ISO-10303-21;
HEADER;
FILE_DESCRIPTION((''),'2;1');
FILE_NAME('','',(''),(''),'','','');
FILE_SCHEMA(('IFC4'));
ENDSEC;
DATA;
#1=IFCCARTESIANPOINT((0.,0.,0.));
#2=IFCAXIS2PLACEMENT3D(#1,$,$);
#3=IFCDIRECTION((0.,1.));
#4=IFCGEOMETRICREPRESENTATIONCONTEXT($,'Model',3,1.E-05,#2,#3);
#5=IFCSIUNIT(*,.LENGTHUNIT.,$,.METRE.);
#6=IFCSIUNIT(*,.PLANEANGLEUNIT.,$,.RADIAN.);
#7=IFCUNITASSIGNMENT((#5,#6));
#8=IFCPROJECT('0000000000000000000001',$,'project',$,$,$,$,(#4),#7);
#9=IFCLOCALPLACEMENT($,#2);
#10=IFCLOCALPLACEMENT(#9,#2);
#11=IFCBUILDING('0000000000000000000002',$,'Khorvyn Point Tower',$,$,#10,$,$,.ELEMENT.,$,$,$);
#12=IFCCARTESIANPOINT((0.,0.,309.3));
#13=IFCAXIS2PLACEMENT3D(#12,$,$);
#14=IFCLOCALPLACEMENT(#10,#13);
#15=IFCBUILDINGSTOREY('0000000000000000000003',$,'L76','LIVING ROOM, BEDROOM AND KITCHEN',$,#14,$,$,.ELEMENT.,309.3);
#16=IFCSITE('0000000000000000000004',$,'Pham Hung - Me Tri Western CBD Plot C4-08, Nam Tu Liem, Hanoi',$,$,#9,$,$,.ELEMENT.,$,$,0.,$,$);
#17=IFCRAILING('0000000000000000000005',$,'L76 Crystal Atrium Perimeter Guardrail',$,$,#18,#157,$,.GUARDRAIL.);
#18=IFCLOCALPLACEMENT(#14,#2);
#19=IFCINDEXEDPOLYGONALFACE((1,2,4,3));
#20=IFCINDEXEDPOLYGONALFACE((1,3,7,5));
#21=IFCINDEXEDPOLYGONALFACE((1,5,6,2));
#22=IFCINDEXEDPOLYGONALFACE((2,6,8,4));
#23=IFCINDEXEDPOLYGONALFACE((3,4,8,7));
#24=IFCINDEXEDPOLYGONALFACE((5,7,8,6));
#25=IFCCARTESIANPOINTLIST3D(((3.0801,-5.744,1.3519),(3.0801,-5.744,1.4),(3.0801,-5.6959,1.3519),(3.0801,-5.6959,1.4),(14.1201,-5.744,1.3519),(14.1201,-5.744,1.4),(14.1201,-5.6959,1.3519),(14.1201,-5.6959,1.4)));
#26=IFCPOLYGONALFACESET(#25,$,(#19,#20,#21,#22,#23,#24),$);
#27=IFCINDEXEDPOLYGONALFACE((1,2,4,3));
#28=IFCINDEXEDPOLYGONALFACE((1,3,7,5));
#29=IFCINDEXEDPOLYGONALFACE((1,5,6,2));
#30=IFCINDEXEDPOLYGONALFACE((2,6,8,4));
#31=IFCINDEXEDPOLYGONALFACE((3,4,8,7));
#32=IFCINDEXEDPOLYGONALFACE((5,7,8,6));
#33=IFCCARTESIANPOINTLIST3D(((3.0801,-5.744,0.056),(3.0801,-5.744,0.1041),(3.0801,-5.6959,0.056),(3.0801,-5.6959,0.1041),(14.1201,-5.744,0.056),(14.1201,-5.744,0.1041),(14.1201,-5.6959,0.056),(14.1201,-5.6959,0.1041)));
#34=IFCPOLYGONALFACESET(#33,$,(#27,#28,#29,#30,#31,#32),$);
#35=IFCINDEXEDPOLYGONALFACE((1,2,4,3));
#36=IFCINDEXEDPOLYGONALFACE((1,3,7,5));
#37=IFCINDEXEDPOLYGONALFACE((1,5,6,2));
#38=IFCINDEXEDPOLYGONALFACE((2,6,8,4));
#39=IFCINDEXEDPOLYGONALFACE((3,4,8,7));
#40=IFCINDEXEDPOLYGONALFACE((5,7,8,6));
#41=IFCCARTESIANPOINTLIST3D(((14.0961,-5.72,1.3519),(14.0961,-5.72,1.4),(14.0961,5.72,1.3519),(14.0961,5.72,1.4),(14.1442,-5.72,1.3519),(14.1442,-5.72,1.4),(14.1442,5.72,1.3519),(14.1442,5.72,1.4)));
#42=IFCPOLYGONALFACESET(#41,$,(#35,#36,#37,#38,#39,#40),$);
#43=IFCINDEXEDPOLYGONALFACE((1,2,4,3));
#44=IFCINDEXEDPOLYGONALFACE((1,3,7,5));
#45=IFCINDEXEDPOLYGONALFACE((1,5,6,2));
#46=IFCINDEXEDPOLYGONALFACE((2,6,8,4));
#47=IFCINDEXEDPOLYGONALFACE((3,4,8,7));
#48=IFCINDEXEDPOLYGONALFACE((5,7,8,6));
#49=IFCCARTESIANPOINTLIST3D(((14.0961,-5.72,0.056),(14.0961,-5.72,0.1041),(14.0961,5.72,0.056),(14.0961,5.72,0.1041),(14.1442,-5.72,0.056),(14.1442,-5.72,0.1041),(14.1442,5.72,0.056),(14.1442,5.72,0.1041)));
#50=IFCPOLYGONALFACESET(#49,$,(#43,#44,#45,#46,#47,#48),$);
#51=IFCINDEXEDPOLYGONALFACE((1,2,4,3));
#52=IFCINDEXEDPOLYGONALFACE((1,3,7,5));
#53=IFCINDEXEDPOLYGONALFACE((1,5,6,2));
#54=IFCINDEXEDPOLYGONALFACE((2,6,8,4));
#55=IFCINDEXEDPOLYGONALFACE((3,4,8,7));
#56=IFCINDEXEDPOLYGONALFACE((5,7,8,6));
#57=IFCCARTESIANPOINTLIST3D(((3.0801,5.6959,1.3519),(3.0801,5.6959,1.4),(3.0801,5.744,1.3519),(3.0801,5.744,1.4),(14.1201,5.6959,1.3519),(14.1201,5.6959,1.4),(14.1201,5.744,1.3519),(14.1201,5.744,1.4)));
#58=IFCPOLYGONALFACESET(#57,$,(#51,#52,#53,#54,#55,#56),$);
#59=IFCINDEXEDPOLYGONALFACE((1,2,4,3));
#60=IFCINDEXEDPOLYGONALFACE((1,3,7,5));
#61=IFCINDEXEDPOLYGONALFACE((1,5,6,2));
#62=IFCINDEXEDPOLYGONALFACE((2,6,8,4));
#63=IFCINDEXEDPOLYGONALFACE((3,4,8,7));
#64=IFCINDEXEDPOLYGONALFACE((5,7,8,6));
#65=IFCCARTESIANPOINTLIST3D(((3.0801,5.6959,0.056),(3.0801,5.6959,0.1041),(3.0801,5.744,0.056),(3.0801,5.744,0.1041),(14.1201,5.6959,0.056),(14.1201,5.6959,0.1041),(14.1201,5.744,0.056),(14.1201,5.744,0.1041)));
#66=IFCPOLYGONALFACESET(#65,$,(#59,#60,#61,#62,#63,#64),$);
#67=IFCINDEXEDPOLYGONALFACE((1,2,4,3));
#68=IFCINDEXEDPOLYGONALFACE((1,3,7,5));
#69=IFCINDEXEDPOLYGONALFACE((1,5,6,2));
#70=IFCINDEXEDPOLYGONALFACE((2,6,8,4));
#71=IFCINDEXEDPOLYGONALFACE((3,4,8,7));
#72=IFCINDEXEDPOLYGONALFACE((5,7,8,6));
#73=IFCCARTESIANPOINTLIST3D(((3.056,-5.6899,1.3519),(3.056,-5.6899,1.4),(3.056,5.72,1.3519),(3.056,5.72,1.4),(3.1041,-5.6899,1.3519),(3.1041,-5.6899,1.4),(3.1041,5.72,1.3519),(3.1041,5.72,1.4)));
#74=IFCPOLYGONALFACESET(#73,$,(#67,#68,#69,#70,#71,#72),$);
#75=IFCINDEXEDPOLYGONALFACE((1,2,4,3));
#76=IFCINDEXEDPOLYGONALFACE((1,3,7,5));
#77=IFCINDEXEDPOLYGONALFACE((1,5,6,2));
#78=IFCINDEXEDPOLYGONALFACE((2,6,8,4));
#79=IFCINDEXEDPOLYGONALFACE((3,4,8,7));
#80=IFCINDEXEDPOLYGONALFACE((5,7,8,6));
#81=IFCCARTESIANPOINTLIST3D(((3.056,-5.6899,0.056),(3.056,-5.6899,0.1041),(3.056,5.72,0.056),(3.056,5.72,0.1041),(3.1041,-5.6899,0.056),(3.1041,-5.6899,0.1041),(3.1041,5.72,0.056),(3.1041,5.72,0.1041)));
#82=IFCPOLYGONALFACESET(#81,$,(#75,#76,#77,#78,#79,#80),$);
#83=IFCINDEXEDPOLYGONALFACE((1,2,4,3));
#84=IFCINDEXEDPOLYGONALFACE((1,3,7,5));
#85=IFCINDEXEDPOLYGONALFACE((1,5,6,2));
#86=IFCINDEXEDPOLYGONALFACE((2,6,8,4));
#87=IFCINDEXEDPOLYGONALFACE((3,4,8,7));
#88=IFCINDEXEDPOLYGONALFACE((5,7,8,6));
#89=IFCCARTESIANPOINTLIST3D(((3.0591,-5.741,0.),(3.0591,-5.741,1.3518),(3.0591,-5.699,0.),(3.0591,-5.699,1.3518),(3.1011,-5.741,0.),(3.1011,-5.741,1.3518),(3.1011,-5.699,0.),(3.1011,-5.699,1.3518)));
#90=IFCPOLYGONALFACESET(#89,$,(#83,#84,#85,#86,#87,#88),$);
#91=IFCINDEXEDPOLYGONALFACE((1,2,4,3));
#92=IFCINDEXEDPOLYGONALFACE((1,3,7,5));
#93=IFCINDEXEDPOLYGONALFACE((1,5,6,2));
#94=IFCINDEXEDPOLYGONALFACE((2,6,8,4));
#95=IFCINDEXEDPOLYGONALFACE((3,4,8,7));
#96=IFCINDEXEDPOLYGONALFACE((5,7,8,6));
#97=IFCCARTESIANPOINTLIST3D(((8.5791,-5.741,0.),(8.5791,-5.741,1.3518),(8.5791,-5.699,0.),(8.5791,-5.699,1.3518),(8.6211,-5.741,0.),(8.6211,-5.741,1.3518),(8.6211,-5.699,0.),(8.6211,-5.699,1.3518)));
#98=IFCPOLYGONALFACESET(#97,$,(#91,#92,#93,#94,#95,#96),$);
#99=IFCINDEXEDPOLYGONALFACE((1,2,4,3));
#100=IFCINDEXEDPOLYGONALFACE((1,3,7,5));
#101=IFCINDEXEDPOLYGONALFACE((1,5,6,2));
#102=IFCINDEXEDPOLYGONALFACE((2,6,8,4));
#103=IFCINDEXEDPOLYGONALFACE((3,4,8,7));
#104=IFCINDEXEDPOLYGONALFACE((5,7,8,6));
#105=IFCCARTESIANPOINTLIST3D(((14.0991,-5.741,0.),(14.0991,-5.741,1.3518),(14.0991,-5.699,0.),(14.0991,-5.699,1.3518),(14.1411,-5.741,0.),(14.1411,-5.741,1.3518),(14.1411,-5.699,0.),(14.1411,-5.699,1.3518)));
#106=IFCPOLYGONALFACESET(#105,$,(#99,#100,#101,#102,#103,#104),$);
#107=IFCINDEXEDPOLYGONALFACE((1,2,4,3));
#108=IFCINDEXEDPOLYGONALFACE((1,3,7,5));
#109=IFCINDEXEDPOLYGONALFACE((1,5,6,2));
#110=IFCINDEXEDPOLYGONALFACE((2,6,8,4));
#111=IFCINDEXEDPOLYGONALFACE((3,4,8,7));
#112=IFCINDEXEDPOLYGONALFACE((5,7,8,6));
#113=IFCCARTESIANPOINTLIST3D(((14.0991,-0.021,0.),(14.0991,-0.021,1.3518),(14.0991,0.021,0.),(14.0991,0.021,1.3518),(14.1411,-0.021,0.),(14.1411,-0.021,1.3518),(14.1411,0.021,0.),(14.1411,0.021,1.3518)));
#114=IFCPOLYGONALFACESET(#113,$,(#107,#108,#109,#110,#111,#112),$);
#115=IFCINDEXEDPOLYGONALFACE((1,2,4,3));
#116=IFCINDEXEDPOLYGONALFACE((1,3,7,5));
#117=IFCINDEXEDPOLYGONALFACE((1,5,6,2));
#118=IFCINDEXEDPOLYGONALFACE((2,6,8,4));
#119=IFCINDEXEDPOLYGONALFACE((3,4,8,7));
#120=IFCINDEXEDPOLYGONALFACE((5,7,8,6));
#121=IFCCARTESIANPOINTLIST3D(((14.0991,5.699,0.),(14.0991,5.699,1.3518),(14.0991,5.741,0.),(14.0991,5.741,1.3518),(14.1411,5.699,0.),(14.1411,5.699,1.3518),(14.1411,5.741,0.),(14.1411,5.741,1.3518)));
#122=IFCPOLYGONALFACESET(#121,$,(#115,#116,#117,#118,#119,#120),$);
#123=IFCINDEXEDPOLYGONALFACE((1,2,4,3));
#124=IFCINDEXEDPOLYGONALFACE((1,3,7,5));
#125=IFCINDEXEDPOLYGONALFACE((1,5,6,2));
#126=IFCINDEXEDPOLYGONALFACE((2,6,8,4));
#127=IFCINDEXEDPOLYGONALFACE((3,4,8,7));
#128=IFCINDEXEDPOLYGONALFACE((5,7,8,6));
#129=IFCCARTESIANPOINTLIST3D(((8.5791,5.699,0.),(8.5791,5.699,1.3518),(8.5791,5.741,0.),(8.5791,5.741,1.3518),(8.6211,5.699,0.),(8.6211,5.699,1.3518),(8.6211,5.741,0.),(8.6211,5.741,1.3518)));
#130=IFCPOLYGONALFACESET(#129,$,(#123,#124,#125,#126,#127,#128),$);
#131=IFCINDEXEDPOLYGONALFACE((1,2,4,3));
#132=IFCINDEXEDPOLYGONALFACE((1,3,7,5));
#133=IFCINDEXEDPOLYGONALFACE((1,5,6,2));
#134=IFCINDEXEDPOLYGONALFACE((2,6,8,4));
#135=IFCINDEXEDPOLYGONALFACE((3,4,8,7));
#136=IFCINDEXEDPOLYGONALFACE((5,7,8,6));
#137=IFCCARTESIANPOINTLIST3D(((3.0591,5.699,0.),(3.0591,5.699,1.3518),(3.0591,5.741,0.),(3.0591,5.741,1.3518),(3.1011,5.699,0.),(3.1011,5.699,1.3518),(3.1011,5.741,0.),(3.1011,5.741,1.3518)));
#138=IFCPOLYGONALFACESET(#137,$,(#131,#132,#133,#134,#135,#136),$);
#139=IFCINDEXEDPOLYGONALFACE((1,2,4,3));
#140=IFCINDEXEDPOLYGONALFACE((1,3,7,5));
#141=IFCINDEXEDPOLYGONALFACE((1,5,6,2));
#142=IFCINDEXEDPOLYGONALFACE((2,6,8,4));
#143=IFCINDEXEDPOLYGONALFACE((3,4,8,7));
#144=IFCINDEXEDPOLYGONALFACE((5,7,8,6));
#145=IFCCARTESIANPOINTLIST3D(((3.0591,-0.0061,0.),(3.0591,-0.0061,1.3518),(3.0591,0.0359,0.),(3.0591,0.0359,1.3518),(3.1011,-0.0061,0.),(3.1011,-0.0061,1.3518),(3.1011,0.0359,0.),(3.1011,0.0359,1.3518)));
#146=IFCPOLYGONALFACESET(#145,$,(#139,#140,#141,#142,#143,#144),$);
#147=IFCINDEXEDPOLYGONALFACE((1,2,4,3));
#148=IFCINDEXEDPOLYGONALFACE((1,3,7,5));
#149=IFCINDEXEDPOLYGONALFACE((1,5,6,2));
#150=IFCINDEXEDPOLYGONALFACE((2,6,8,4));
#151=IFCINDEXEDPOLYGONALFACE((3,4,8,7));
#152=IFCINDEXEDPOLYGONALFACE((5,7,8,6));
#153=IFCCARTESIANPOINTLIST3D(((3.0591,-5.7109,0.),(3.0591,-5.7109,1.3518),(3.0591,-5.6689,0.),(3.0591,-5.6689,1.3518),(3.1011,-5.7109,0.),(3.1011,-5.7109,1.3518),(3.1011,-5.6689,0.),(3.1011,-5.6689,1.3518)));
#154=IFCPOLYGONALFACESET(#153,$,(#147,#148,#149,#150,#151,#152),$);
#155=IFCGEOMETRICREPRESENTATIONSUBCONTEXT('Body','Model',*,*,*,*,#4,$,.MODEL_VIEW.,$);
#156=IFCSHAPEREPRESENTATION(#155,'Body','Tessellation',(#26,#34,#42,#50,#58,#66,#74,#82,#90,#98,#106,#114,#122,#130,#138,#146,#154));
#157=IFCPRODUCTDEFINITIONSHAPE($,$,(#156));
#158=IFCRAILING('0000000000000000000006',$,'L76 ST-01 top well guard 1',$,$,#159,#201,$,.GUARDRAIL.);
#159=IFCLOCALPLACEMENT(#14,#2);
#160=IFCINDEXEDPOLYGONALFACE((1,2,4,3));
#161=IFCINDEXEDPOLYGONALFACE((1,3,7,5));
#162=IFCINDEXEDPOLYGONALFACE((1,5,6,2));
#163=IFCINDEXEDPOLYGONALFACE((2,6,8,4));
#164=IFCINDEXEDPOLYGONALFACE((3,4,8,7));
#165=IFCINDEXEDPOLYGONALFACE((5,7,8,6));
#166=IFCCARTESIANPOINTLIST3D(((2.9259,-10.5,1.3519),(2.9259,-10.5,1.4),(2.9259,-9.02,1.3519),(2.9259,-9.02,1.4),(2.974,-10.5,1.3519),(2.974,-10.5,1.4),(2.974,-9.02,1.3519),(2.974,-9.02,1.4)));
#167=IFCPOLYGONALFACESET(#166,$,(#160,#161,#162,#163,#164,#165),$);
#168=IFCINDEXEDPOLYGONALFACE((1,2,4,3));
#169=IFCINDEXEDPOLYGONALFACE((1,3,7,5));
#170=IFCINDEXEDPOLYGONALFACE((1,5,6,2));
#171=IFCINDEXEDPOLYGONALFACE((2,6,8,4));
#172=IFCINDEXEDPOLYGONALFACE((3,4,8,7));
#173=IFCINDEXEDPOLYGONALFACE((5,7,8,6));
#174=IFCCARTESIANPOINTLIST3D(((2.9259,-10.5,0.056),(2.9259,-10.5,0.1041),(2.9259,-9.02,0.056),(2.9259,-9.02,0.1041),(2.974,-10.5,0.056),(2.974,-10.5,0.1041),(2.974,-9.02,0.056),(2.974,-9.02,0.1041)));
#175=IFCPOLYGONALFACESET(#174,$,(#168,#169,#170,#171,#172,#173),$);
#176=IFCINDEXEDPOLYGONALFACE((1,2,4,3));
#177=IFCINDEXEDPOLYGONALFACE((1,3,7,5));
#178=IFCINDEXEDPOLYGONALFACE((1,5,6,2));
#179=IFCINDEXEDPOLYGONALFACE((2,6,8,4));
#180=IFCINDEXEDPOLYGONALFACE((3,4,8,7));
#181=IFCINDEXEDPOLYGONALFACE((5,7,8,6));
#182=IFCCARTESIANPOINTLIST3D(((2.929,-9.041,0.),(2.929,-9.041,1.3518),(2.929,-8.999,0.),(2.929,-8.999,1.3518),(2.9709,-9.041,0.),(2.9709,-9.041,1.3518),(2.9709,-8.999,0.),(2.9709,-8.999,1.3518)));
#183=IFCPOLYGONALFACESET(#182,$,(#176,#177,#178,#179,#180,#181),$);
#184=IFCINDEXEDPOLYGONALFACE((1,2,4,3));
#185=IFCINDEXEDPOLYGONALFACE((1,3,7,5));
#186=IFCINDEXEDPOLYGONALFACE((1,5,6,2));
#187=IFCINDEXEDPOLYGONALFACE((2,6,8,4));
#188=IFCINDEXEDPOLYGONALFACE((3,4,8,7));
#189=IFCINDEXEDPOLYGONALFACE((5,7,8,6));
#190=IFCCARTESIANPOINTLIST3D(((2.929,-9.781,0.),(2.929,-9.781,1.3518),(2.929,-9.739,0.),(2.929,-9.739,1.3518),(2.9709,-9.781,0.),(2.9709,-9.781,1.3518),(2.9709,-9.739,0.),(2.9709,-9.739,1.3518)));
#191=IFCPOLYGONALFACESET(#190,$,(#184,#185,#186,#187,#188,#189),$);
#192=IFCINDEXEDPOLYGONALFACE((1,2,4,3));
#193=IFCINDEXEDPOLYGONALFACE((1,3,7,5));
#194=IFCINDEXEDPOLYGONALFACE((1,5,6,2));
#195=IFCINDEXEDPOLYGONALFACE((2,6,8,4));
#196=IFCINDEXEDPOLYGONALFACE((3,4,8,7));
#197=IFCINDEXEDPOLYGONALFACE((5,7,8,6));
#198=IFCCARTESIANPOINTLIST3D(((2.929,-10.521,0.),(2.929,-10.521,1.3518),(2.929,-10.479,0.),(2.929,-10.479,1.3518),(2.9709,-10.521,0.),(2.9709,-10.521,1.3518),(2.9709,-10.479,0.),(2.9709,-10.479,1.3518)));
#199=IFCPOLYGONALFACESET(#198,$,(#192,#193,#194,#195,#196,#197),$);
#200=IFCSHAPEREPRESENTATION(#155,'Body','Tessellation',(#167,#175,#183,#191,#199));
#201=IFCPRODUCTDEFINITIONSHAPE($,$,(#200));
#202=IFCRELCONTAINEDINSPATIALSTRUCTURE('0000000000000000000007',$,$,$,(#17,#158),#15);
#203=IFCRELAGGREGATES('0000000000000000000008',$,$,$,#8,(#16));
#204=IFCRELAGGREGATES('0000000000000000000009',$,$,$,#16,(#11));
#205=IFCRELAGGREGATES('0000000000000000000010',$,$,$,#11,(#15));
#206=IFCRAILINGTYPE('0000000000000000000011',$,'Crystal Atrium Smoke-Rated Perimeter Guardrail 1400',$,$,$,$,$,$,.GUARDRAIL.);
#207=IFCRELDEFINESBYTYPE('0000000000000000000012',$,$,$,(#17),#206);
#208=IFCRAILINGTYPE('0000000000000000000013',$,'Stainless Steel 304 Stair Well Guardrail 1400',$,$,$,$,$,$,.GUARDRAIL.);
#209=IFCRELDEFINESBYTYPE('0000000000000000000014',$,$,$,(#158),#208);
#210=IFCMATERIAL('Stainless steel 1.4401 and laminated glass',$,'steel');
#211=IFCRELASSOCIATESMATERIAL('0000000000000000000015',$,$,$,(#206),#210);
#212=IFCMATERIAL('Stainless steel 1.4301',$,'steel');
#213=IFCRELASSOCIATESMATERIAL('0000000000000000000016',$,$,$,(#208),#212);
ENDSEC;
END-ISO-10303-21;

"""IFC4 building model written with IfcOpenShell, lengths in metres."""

from ifc_helpers import new_model, si_unit, direction, frame, origin, origin_2d, place, context, subcontext, project, spatial, rectangle, extrude, material, type_object, element, save


model = new_model("IFC4")

# Units and contexts
model_context = context("Model", 3, precision=1e-05, world=origin(), true_north=direction((0.0, 1.0)))
body_context = subcontext(model_context, "Body", "Model", "MODEL_VIEW")
ifc_project = project(units=[si_unit("LENGTHUNIT", "METRE"), si_unit("PLANEANGLEUNIT", "RADIAN")], contexts=[model_context])

# Site, building, storey
site_placement = place(None, origin())
site = spatial("IfcSite", under=ifc_project, at=site_placement, Name="Pham Hung - Me Tri Western CBD Plot C4-08, Nam Tu Liem, Hanoi", CompositionType="ELEMENT", RefElevation=0.0)
building_placement = place(site_placement, origin())
building = spatial("IfcBuilding", under=site, at=building_placement, Name="Khorvyn Point Tower", CompositionType="ELEMENT")
storey_placement = place(building_placement, frame((0.0, 0.0, 309.3)))
storey = spatial("IfcBuildingStorey", under=building, at=storey_placement, Name="L76", Description="LIVING ROOM, BEDROOM AND KITCHEN", CompositionType="ELEMENT", Elevation=309.3)

# Shared definitions
ifc_material_1 = material(Name="Stainless steel 1.4301", Category="steel")

# Railings
ifc_material_2 = material(Name="Stainless steel 1.4401 and laminated glass", Category="steel")
railing_type_1 = type_object("IfcRailingType", Name="Crystal Atrium Smoke-Rated Perimeter Guardrail 1400", PredefinedType="GUARDRAIL", material=ifc_material_2)
railing_1_placement = place(storey_placement, frame((3.0801, -5.72, 0.0)))
element("IfcRailing", 1, at=railing_1_placement, inside=storey, type_object=railing_type_1, Name="L76 Crystal Atrium Perimeter Guardrail", PredefinedType="GUARDRAIL", context=body_context, shape_type="SweptSolid", body=[
    extrude(rectangle(XDim=0.0481, YDim=0.0481, at=origin_2d()), frame((0.0, 0.0, 1.376), z_axis=(1.0, 0.0, 0.0), x_axis=(0.0, 1.0, 0.0)), (0.0, 0.0, 1.0), 11.04),
    extrude(rectangle(XDim=0.0481, YDim=0.0481, at=origin_2d()), frame((0.0, 0.0, 0.0801), z_axis=(1.0, 0.0, 0.0), x_axis=(0.0, 1.0, 0.0)), (0.0, 0.0, 1.0), 11.04),
    extrude(rectangle(XDim=0.0481, YDim=0.0481, at=origin_2d()), frame((11.04, 0.0, 1.376), z_axis=(0.0, 1.0, 0.0), x_axis=(-1.0, 0.0, 0.0)), (0.0, 0.0, 1.0), 11.4399),
    extrude(rectangle(XDim=0.0481, YDim=0.0481, at=origin_2d()), frame((11.04, 0.0, 0.0801), z_axis=(0.0, 1.0, 0.0), x_axis=(-1.0, 0.0, 0.0)), (0.0, 0.0, 1.0), 11.4399),
    extrude(rectangle(XDim=0.0481, YDim=0.0481, at=origin_2d()), frame((11.04, 11.4399, 1.376), z_axis=(-1.0, 0.0, 0.0), x_axis=(0.0, -1.0, 0.0)), (0.0, 0.0, 1.0), 11.04),
    extrude(rectangle(XDim=0.0481, YDim=0.0481, at=origin_2d()), frame((11.04, 11.4399, 0.0801), z_axis=(-1.0, 0.0, 0.0), x_axis=(0.0, -1.0, 0.0)), (0.0, 0.0, 1.0), 11.04),
    extrude(rectangle(XDim=0.0481, YDim=0.0481, at=origin_2d()), frame((0.0, 11.4399, 1.376), z_axis=(0.0, -1.0, 0.0), x_axis=(1.0, 0.0, 0.0)), (0.0, 0.0, 1.0), 11.4099),
    extrude(rectangle(XDim=0.0481, YDim=0.0481, at=origin_2d()), frame((0.0, 11.4399, 0.0801), z_axis=(0.0, -1.0, 0.0), x_axis=(1.0, 0.0, 0.0)), (0.0, 0.0, 1.0), 11.4099),
    extrude(rectangle(XDim=0.042, YDim=0.042, at=origin_2d()), origin(), (0.0, 0.0, 1.0), 1.3518),
    extrude(rectangle(XDim=0.042, YDim=0.042, at=origin_2d()), frame((5.52, 0.0, 0.0)), (0.0, 0.0, 1.0), 1.3518),
    extrude(rectangle(XDim=0.042, YDim=0.042, at=origin_2d()), frame((11.04, 0.0, 0.0)), (0.0, 0.0, 1.0), 1.3518),
    extrude(rectangle(XDim=0.042, YDim=0.042, at=origin_2d()), frame((11.04, 5.72, 0.0)), (0.0, 0.0, 1.0), 1.3518),
    extrude(rectangle(XDim=0.042, YDim=0.042, at=origin_2d()), frame((11.04, 11.4399, 0.0)), (0.0, 0.0, 1.0), 1.3518),
    extrude(rectangle(XDim=0.042, YDim=0.042, at=origin_2d()), frame((5.52, 11.4399, 0.0)), (0.0, 0.0, 1.0), 1.3518),
    extrude(rectangle(XDim=0.042, YDim=0.042, at=origin_2d()), frame((0.0, 11.4399, 0.0)), (0.0, 0.0, 1.0), 1.3518),
    extrude(rectangle(XDim=0.042, YDim=0.042, at=origin_2d()), frame((0.0, 5.7349, 0.0)), (0.0, 0.0, 1.0), 1.3518),
    extrude(rectangle(XDim=0.042, YDim=0.042, at=origin_2d()), frame((0.0, 0.03, 0.0)), (0.0, 0.0, 1.0), 1.3518),
])
railing_type_2 = type_object("IfcRailingType", Name="Stainless Steel 304 Stair Well Guardrail 1400", PredefinedType="GUARDRAIL", material=ifc_material_1)
railing_2_placement = place(storey_placement, frame((2.95, -9.02, 0.0)))
element("IfcRailing", 2, at=railing_2_placement, inside=storey, type_object=railing_type_2, Name="L76 ST-01 top well guard 1", PredefinedType="GUARDRAIL", context=body_context, shape_type="SweptSolid", body=[
    extrude(rectangle(XDim=0.0481, YDim=0.0481, at=origin_2d()), frame((0.0, 0.0, 1.376), z_axis=(0.0, -1.0, 0.0), x_axis=(1.0, 0.0, 0.0)), (0.0, 0.0, 1.0), 1.48),
    extrude(rectangle(XDim=0.0481, YDim=0.0481, at=origin_2d()), frame((0.0, 0.0, 0.0801), z_axis=(0.0, -1.0, 0.0), x_axis=(1.0, 0.0, 0.0)), (0.0, 0.0, 1.0), 1.48),
    extrude(rectangle(XDim=0.042, YDim=0.042, at=origin_2d()), origin(), (0.0, 0.0, 1.0), 1.3518),
    extrude(rectangle(XDim=0.042, YDim=0.042, at=origin_2d()), frame((0.0, -0.74, 0.0)), (0.0, 0.0, 1.0), 1.3518),
    extrude(rectangle(XDim=0.042, YDim=0.042, at=origin_2d()), frame((0.0, -1.48, 0.0)), (0.0, 0.0, 1.0), 1.3518),
])

save(model, "model.ifc")
